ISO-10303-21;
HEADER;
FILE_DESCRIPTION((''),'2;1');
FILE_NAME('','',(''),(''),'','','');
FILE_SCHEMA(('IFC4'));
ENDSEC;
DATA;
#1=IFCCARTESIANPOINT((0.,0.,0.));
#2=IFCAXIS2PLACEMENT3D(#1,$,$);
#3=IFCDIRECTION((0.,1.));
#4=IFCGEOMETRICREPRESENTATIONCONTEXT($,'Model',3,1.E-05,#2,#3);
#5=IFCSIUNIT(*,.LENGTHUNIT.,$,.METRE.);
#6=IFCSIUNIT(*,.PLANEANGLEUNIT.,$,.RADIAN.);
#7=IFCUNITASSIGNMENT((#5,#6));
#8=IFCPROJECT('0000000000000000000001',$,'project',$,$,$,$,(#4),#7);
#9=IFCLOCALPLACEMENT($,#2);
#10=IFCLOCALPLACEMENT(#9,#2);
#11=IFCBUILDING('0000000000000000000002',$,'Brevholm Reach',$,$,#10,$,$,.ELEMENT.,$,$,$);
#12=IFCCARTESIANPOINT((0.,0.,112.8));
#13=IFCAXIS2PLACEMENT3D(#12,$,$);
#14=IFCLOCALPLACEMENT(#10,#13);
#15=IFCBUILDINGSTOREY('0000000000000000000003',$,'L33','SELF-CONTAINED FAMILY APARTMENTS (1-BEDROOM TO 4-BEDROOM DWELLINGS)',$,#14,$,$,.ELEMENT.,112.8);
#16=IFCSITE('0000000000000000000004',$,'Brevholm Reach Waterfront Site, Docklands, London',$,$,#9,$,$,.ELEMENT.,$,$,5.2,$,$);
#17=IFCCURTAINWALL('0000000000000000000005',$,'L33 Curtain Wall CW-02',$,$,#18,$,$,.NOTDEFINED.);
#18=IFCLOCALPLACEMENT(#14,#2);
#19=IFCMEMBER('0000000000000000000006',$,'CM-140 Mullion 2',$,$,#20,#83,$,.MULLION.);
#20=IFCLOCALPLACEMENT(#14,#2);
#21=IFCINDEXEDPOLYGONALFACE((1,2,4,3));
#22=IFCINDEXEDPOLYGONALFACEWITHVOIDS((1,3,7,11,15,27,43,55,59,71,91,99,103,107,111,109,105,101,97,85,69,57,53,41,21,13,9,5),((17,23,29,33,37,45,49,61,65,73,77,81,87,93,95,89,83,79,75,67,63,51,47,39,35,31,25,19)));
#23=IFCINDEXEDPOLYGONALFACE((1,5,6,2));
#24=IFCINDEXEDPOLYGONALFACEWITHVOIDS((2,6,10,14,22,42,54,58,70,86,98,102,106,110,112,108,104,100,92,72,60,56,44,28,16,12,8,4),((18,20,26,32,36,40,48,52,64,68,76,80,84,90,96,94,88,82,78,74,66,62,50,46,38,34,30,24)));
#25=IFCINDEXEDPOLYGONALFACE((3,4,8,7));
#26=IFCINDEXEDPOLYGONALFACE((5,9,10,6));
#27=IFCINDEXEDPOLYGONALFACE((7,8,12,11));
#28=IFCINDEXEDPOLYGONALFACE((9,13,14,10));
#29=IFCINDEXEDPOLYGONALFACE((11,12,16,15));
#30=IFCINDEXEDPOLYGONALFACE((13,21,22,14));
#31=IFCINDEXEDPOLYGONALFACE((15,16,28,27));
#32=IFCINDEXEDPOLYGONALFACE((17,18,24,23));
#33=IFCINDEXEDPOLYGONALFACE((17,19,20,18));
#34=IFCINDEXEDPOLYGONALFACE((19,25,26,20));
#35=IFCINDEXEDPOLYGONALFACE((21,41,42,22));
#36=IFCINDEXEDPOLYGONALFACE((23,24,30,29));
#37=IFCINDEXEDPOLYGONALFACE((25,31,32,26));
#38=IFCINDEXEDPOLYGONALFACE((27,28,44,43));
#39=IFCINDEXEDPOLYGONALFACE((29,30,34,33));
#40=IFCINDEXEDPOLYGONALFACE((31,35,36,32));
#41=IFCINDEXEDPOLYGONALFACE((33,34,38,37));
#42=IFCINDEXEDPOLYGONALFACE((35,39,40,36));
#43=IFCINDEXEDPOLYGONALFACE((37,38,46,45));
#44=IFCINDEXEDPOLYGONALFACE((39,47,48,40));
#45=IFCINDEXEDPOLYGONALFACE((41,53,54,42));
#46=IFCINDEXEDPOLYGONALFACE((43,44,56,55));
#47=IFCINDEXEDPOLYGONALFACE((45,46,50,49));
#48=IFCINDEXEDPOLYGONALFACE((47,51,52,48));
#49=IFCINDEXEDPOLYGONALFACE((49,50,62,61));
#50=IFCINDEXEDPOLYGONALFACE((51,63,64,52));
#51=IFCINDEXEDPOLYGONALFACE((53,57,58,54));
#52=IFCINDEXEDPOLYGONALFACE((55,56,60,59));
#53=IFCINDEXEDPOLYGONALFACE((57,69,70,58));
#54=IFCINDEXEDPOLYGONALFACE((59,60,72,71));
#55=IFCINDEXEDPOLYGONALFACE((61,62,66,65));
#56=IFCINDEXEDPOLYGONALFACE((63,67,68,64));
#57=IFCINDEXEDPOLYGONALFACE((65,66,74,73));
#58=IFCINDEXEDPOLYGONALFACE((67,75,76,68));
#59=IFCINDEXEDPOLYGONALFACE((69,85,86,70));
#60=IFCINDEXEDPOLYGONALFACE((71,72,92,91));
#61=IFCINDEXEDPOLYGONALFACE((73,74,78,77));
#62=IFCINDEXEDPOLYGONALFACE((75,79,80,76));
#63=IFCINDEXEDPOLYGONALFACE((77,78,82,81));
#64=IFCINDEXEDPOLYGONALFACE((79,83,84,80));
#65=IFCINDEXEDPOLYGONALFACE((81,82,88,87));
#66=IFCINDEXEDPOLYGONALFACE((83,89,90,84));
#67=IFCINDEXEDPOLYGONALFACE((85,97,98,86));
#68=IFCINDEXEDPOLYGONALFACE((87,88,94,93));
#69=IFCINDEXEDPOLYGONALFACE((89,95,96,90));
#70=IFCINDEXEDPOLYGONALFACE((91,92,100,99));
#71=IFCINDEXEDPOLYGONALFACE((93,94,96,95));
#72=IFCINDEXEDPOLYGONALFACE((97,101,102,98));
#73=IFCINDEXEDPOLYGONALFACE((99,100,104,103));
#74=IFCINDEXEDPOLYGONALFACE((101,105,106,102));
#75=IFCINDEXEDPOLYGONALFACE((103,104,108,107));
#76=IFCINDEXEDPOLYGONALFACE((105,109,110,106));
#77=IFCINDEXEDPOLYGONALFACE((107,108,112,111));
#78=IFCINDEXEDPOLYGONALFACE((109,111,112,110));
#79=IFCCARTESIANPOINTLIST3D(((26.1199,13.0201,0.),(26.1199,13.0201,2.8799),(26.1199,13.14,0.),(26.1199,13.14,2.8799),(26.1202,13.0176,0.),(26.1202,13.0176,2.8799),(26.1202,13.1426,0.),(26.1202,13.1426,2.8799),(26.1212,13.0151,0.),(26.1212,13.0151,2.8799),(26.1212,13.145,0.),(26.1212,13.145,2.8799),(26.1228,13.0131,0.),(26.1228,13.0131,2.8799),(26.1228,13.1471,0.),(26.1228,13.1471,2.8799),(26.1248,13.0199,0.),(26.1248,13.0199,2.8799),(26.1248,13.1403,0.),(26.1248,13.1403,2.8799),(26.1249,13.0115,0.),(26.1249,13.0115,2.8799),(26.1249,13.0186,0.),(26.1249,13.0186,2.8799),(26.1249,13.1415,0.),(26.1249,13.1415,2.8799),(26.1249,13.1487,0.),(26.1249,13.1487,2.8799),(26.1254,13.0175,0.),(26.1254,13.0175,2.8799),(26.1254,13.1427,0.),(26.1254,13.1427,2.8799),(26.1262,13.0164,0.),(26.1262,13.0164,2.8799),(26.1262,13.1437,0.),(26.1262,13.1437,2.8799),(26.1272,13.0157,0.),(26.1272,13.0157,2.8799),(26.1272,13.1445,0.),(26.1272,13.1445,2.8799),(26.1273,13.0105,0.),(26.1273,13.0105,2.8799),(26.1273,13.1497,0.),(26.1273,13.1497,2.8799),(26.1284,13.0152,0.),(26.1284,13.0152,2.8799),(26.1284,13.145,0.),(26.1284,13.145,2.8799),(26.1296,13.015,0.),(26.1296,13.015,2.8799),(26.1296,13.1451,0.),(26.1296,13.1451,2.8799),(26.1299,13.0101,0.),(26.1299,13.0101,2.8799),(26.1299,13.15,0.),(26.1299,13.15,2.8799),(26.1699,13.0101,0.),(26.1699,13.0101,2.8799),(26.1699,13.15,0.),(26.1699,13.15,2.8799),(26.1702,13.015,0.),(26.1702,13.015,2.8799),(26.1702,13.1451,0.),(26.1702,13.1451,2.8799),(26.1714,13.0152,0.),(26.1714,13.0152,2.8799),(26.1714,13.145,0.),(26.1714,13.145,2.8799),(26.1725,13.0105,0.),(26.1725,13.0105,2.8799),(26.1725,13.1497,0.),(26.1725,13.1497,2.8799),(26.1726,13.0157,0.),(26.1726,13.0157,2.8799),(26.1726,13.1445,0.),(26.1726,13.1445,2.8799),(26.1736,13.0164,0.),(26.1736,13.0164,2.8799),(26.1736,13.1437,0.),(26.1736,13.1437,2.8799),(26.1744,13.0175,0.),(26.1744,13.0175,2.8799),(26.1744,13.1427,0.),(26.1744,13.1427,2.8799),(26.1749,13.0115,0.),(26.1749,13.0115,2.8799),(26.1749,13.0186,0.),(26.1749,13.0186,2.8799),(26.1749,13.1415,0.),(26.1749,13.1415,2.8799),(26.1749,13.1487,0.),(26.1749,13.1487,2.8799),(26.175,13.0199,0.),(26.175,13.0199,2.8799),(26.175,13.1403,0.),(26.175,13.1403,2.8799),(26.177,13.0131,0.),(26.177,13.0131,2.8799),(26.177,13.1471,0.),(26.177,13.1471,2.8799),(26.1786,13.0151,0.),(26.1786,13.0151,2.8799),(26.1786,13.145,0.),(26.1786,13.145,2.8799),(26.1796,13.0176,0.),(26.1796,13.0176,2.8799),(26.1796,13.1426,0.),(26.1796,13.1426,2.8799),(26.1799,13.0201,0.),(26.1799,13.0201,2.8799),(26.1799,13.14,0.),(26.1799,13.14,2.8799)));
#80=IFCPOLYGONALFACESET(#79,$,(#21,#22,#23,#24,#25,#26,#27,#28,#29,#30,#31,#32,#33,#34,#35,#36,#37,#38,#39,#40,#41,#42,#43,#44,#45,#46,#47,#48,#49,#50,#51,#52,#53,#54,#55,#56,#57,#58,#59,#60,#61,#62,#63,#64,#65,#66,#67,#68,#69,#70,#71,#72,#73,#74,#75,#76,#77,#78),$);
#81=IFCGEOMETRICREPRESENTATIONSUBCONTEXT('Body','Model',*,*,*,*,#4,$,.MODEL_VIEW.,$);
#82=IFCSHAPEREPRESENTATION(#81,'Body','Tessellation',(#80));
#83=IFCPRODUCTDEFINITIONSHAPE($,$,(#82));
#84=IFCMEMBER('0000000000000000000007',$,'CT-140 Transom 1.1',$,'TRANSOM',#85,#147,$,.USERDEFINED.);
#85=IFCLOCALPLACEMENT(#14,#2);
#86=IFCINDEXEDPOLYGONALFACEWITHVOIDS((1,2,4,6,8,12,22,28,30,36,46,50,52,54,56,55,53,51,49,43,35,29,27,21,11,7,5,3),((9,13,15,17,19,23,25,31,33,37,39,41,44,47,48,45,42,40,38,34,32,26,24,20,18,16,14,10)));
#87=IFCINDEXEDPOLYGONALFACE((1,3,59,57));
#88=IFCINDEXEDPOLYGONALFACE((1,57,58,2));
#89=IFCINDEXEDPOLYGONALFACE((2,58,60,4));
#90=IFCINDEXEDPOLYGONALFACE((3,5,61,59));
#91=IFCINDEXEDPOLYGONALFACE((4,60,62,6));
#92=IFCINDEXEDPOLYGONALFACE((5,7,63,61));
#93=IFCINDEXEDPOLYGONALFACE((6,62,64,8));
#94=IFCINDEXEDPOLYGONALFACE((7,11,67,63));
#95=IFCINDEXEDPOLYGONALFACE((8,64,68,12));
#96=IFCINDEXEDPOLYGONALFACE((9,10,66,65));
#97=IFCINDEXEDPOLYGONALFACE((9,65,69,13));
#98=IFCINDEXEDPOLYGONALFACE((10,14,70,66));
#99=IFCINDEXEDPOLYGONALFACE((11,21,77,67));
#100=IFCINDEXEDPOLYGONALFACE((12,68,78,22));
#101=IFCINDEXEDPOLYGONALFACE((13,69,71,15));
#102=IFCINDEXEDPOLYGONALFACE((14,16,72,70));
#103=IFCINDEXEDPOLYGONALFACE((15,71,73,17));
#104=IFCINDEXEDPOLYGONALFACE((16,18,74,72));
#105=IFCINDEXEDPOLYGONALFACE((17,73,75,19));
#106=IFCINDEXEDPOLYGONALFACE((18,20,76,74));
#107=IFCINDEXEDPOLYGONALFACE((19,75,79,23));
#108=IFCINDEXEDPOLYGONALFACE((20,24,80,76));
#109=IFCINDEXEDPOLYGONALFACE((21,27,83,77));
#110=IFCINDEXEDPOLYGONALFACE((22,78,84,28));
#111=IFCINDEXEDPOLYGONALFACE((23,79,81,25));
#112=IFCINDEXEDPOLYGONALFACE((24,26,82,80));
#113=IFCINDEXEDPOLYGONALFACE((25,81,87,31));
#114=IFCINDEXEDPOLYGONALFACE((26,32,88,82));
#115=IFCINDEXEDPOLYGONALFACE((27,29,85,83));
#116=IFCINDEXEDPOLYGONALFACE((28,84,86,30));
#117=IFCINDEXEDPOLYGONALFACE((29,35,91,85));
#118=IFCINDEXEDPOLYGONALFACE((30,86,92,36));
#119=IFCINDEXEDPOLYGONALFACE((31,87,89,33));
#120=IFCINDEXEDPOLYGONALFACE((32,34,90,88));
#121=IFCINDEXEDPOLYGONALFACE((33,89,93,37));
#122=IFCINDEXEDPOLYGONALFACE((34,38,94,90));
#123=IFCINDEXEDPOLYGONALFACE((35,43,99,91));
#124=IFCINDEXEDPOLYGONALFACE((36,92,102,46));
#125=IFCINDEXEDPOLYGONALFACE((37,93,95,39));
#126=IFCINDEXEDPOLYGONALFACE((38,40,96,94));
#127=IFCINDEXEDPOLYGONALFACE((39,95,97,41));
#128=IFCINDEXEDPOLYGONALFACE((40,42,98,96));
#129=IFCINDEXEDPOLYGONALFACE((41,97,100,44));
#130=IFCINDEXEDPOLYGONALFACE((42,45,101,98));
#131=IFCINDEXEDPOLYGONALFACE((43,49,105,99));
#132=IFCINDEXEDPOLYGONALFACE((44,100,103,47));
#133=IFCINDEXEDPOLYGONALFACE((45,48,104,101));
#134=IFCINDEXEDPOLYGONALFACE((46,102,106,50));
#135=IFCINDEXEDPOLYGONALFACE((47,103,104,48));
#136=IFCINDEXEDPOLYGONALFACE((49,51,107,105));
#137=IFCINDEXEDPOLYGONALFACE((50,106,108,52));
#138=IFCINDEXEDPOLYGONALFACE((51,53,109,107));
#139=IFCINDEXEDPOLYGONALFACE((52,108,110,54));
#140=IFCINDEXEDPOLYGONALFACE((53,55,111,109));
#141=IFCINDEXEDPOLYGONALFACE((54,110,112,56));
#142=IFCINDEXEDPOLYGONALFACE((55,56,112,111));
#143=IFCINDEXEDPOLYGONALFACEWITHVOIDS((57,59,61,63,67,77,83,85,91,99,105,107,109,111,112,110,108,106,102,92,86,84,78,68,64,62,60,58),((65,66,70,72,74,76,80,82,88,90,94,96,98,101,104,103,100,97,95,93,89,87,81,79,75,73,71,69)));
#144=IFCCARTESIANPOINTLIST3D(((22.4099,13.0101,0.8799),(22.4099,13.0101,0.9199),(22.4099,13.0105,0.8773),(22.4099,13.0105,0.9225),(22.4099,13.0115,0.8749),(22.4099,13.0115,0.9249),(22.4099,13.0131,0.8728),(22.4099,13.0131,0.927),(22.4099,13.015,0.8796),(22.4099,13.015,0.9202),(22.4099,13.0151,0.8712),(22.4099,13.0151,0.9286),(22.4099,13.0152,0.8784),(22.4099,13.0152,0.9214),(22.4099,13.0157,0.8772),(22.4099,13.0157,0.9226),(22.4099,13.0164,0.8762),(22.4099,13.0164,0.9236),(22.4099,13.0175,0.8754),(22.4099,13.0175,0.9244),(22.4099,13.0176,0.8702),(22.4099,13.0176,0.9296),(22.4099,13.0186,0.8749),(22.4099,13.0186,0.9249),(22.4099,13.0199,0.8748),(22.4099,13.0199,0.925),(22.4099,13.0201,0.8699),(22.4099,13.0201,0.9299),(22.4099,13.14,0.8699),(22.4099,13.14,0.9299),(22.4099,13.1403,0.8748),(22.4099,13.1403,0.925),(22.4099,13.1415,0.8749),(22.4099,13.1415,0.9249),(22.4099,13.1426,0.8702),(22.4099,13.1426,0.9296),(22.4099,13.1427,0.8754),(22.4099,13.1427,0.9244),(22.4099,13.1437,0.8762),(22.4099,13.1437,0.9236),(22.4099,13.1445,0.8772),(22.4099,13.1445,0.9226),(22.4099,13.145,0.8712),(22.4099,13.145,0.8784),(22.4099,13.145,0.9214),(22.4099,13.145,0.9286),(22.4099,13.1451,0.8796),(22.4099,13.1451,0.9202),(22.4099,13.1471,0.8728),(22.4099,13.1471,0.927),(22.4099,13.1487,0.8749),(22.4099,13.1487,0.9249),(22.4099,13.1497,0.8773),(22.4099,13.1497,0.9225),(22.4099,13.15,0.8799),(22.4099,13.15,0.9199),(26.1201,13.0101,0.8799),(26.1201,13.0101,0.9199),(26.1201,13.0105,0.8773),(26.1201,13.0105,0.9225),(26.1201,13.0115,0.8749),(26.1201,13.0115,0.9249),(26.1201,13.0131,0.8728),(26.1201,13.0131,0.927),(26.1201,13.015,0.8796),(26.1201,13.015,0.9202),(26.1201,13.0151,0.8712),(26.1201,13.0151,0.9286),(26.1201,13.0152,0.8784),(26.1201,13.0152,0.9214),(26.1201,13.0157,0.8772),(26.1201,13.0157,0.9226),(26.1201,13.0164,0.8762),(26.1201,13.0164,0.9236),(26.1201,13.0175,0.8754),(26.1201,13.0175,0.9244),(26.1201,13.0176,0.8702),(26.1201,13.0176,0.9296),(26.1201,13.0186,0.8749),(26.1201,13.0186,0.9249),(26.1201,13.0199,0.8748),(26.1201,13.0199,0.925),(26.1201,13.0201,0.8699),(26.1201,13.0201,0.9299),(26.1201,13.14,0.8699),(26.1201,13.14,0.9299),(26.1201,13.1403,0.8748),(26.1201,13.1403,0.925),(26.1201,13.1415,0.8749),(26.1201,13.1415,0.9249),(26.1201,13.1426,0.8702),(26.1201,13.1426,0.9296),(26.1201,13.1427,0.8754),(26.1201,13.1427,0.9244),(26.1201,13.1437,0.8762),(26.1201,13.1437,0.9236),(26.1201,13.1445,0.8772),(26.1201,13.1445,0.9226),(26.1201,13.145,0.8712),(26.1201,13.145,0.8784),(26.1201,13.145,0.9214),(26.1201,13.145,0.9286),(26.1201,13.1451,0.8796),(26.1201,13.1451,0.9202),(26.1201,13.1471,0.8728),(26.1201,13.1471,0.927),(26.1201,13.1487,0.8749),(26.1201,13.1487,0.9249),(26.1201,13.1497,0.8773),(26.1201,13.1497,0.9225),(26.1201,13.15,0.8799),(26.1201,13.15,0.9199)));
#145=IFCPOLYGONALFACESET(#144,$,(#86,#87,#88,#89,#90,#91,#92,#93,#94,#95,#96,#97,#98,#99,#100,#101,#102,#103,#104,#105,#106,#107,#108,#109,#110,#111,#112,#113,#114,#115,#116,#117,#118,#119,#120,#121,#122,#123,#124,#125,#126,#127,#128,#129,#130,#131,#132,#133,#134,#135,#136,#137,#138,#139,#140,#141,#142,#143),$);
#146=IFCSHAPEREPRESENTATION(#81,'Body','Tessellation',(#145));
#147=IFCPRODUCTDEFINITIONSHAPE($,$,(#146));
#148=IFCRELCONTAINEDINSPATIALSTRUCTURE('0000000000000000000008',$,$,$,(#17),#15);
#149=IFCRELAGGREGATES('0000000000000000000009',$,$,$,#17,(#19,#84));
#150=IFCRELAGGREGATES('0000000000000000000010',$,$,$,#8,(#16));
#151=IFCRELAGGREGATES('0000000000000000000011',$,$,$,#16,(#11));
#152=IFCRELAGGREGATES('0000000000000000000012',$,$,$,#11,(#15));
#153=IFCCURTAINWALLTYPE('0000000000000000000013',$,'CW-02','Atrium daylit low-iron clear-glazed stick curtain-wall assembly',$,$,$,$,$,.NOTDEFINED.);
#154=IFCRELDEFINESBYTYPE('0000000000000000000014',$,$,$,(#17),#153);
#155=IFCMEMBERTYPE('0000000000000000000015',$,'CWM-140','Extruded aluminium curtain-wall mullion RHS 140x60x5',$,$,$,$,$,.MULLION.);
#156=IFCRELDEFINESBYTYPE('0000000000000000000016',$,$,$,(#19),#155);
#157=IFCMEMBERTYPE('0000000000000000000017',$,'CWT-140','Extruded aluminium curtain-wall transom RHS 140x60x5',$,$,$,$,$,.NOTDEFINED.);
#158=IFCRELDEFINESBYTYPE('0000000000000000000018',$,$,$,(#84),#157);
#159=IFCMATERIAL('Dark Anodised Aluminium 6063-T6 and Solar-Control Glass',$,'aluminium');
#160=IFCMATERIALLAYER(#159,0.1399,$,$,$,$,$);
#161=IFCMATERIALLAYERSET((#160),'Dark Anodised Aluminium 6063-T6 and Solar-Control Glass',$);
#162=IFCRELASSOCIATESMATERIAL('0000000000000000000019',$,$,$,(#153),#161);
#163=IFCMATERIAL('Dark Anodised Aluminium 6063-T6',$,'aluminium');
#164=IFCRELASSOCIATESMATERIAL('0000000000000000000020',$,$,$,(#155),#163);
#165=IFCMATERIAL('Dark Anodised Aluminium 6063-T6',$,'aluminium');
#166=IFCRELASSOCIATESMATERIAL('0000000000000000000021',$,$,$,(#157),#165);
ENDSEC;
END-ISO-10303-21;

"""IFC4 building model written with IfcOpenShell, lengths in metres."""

from ifc_helpers import new_model, si_unit, direction, frame, origin, origin_2d, place, context, subcontext, project, spatial, hollow_rectangle, extrude, material, layer, layer_set, material_profile, profile_set, type_object, element, aggregate, save


model = new_model("IFC4")

# Units and contexts
model_context = context("Model", 3, precision=1e-05, world=origin(), true_north=direction((0.0, 1.0)))
body_context = subcontext(model_context, "Body", "Model", "MODEL_VIEW")
ifc_project = project(units=[si_unit("LENGTHUNIT", "METRE"), si_unit("PLANEANGLEUNIT", "RADIAN")], contexts=[model_context])

# Site, building, storey
site_placement = place(None, origin())
site = spatial("IfcSite", under=ifc_project, at=site_placement, Name="Brevholm Reach Waterfront Site, Docklands, London", CompositionType="ELEMENT", RefElevation=5.2)
building_placement = place(site_placement, origin())
building = spatial("IfcBuilding", under=site, at=building_placement, Name="Brevholm Reach", CompositionType="ELEMENT")
storey_placement = place(building_placement, frame((0.0, 0.0, 112.8)))
storey = spatial("IfcBuildingStorey", under=building, at=storey_placement, Name="L33", Description="SELF-CONTAINED FAMILY APARTMENTS (1-BEDROOM TO 4-BEDROOM DWELLINGS)", CompositionType="ELEMENT", Elevation=112.8)

# Curtain wall, members
ifc_material_1 = material(Name="Dark Anodised Aluminium 6063-T6 and Solar-Control Glass", Category="aluminium")
ifc_layer_1 = layer(ifc_material_1, 0.1399)
ifc_layer_set_1 = layer_set([ifc_layer_1], Name="Dark Anodised Aluminium 6063-T6 and Solar-Control Glass")
curtain_wall_type = type_object("IfcCurtainWallType", Name="CW-02", Description="Atrium daylit low-iron clear-glazed stick curtain-wall assembly", PredefinedType="NOTDEFINED", material=ifc_layer_set_1)
curtain_wall_placement = place(storey_placement, origin())
curtain_wall = element("IfcCurtainWall", 1, at=curtain_wall_placement, inside=storey, type_object=curtain_wall_type, Name="L33 Curtain Wall CW-02", PredefinedType="NOTDEFINED")
ifc_material_2 = material(Name="Dark Anodised Aluminium 6063-T6", Category="aluminium")
ifc_material_profile_1 = material_profile(ifc_material_2, hollow_rectangle(XDim=0.0601, YDim=0.1399, WallThickness=0.0049, InnerFilletRadius=0.0049, OuterFilletRadius=0.01, at=origin_2d()), Name="RHS 140x60x5")
ifc_profile_set_1 = profile_set([ifc_material_profile_1], Name="Dark Anodised Aluminium 6063-T6")
member_type_1 = type_object("IfcMemberType", Name="CWM-140", Description="Extruded aluminium curtain-wall mullion RHS 140x60x5", PredefinedType="MULLION", material=ifc_profile_set_1)
member_1_placement = place(storey_placement, frame((26.1499, 13.0801, 0.0), z_axis=(0.0, 0.0, 1.0), x_axis=(1.0, 0.0, 0.0)))
member_1 = element("IfcMember", 2, at=member_1_placement, type_object=member_type_1, Name="CM-140 Mullion 2", PredefinedType="MULLION", context=body_context, shape_type="SweptSolid", body=[
    extrude(hollow_rectangle(XDim=0.0601, YDim=0.1399, WallThickness=0.0049, InnerFilletRadius=0.0049, OuterFilletRadius=0.01, at=origin_2d()), origin(), (0.0, 0.0, 1.0), 2.8799),
])
ifc_material_3 = material(Name="Dark Anodised Aluminium 6063-T6", Category="aluminium")
ifc_material_profile_2 = material_profile(ifc_material_3, hollow_rectangle(XDim=0.0601, YDim=0.1399, WallThickness=0.0049, InnerFilletRadius=0.0049, OuterFilletRadius=0.01, at=origin_2d()), Name="RHS 140x60x5")
ifc_profile_set_2 = profile_set([ifc_material_profile_2], Name="Dark Anodised Aluminium 6063-T6")
member_type_2 = type_object("IfcMemberType", Name="CWT-140", Description="Extruded aluminium curtain-wall transom RHS 140x60x5", PredefinedType="NOTDEFINED", material=ifc_profile_set_2)
member_2_placement = place(storey_placement, frame((22.4099, 13.0801, 0.8999), z_axis=(1.0, 0.0, 0.0), x_axis=(0.0, 0.0, 1.0)))
member_2 = element("IfcMember", 3, at=member_2_placement, type_object=member_type_2, Name="CT-140 Transom 1.1", ObjectType="TRANSOM", PredefinedType="USERDEFINED", context=body_context, shape_type="SweptSolid", body=[
    extrude(hollow_rectangle(XDim=0.0601, YDim=0.1399, WallThickness=0.0049, InnerFilletRadius=0.0049, OuterFilletRadius=0.01, at=origin_2d()), origin(), (0.0, 0.0, 1.0), 3.7102),
])
aggregate(curtain_wall, [member_1, member_2])

save(model, "model.ifc")
